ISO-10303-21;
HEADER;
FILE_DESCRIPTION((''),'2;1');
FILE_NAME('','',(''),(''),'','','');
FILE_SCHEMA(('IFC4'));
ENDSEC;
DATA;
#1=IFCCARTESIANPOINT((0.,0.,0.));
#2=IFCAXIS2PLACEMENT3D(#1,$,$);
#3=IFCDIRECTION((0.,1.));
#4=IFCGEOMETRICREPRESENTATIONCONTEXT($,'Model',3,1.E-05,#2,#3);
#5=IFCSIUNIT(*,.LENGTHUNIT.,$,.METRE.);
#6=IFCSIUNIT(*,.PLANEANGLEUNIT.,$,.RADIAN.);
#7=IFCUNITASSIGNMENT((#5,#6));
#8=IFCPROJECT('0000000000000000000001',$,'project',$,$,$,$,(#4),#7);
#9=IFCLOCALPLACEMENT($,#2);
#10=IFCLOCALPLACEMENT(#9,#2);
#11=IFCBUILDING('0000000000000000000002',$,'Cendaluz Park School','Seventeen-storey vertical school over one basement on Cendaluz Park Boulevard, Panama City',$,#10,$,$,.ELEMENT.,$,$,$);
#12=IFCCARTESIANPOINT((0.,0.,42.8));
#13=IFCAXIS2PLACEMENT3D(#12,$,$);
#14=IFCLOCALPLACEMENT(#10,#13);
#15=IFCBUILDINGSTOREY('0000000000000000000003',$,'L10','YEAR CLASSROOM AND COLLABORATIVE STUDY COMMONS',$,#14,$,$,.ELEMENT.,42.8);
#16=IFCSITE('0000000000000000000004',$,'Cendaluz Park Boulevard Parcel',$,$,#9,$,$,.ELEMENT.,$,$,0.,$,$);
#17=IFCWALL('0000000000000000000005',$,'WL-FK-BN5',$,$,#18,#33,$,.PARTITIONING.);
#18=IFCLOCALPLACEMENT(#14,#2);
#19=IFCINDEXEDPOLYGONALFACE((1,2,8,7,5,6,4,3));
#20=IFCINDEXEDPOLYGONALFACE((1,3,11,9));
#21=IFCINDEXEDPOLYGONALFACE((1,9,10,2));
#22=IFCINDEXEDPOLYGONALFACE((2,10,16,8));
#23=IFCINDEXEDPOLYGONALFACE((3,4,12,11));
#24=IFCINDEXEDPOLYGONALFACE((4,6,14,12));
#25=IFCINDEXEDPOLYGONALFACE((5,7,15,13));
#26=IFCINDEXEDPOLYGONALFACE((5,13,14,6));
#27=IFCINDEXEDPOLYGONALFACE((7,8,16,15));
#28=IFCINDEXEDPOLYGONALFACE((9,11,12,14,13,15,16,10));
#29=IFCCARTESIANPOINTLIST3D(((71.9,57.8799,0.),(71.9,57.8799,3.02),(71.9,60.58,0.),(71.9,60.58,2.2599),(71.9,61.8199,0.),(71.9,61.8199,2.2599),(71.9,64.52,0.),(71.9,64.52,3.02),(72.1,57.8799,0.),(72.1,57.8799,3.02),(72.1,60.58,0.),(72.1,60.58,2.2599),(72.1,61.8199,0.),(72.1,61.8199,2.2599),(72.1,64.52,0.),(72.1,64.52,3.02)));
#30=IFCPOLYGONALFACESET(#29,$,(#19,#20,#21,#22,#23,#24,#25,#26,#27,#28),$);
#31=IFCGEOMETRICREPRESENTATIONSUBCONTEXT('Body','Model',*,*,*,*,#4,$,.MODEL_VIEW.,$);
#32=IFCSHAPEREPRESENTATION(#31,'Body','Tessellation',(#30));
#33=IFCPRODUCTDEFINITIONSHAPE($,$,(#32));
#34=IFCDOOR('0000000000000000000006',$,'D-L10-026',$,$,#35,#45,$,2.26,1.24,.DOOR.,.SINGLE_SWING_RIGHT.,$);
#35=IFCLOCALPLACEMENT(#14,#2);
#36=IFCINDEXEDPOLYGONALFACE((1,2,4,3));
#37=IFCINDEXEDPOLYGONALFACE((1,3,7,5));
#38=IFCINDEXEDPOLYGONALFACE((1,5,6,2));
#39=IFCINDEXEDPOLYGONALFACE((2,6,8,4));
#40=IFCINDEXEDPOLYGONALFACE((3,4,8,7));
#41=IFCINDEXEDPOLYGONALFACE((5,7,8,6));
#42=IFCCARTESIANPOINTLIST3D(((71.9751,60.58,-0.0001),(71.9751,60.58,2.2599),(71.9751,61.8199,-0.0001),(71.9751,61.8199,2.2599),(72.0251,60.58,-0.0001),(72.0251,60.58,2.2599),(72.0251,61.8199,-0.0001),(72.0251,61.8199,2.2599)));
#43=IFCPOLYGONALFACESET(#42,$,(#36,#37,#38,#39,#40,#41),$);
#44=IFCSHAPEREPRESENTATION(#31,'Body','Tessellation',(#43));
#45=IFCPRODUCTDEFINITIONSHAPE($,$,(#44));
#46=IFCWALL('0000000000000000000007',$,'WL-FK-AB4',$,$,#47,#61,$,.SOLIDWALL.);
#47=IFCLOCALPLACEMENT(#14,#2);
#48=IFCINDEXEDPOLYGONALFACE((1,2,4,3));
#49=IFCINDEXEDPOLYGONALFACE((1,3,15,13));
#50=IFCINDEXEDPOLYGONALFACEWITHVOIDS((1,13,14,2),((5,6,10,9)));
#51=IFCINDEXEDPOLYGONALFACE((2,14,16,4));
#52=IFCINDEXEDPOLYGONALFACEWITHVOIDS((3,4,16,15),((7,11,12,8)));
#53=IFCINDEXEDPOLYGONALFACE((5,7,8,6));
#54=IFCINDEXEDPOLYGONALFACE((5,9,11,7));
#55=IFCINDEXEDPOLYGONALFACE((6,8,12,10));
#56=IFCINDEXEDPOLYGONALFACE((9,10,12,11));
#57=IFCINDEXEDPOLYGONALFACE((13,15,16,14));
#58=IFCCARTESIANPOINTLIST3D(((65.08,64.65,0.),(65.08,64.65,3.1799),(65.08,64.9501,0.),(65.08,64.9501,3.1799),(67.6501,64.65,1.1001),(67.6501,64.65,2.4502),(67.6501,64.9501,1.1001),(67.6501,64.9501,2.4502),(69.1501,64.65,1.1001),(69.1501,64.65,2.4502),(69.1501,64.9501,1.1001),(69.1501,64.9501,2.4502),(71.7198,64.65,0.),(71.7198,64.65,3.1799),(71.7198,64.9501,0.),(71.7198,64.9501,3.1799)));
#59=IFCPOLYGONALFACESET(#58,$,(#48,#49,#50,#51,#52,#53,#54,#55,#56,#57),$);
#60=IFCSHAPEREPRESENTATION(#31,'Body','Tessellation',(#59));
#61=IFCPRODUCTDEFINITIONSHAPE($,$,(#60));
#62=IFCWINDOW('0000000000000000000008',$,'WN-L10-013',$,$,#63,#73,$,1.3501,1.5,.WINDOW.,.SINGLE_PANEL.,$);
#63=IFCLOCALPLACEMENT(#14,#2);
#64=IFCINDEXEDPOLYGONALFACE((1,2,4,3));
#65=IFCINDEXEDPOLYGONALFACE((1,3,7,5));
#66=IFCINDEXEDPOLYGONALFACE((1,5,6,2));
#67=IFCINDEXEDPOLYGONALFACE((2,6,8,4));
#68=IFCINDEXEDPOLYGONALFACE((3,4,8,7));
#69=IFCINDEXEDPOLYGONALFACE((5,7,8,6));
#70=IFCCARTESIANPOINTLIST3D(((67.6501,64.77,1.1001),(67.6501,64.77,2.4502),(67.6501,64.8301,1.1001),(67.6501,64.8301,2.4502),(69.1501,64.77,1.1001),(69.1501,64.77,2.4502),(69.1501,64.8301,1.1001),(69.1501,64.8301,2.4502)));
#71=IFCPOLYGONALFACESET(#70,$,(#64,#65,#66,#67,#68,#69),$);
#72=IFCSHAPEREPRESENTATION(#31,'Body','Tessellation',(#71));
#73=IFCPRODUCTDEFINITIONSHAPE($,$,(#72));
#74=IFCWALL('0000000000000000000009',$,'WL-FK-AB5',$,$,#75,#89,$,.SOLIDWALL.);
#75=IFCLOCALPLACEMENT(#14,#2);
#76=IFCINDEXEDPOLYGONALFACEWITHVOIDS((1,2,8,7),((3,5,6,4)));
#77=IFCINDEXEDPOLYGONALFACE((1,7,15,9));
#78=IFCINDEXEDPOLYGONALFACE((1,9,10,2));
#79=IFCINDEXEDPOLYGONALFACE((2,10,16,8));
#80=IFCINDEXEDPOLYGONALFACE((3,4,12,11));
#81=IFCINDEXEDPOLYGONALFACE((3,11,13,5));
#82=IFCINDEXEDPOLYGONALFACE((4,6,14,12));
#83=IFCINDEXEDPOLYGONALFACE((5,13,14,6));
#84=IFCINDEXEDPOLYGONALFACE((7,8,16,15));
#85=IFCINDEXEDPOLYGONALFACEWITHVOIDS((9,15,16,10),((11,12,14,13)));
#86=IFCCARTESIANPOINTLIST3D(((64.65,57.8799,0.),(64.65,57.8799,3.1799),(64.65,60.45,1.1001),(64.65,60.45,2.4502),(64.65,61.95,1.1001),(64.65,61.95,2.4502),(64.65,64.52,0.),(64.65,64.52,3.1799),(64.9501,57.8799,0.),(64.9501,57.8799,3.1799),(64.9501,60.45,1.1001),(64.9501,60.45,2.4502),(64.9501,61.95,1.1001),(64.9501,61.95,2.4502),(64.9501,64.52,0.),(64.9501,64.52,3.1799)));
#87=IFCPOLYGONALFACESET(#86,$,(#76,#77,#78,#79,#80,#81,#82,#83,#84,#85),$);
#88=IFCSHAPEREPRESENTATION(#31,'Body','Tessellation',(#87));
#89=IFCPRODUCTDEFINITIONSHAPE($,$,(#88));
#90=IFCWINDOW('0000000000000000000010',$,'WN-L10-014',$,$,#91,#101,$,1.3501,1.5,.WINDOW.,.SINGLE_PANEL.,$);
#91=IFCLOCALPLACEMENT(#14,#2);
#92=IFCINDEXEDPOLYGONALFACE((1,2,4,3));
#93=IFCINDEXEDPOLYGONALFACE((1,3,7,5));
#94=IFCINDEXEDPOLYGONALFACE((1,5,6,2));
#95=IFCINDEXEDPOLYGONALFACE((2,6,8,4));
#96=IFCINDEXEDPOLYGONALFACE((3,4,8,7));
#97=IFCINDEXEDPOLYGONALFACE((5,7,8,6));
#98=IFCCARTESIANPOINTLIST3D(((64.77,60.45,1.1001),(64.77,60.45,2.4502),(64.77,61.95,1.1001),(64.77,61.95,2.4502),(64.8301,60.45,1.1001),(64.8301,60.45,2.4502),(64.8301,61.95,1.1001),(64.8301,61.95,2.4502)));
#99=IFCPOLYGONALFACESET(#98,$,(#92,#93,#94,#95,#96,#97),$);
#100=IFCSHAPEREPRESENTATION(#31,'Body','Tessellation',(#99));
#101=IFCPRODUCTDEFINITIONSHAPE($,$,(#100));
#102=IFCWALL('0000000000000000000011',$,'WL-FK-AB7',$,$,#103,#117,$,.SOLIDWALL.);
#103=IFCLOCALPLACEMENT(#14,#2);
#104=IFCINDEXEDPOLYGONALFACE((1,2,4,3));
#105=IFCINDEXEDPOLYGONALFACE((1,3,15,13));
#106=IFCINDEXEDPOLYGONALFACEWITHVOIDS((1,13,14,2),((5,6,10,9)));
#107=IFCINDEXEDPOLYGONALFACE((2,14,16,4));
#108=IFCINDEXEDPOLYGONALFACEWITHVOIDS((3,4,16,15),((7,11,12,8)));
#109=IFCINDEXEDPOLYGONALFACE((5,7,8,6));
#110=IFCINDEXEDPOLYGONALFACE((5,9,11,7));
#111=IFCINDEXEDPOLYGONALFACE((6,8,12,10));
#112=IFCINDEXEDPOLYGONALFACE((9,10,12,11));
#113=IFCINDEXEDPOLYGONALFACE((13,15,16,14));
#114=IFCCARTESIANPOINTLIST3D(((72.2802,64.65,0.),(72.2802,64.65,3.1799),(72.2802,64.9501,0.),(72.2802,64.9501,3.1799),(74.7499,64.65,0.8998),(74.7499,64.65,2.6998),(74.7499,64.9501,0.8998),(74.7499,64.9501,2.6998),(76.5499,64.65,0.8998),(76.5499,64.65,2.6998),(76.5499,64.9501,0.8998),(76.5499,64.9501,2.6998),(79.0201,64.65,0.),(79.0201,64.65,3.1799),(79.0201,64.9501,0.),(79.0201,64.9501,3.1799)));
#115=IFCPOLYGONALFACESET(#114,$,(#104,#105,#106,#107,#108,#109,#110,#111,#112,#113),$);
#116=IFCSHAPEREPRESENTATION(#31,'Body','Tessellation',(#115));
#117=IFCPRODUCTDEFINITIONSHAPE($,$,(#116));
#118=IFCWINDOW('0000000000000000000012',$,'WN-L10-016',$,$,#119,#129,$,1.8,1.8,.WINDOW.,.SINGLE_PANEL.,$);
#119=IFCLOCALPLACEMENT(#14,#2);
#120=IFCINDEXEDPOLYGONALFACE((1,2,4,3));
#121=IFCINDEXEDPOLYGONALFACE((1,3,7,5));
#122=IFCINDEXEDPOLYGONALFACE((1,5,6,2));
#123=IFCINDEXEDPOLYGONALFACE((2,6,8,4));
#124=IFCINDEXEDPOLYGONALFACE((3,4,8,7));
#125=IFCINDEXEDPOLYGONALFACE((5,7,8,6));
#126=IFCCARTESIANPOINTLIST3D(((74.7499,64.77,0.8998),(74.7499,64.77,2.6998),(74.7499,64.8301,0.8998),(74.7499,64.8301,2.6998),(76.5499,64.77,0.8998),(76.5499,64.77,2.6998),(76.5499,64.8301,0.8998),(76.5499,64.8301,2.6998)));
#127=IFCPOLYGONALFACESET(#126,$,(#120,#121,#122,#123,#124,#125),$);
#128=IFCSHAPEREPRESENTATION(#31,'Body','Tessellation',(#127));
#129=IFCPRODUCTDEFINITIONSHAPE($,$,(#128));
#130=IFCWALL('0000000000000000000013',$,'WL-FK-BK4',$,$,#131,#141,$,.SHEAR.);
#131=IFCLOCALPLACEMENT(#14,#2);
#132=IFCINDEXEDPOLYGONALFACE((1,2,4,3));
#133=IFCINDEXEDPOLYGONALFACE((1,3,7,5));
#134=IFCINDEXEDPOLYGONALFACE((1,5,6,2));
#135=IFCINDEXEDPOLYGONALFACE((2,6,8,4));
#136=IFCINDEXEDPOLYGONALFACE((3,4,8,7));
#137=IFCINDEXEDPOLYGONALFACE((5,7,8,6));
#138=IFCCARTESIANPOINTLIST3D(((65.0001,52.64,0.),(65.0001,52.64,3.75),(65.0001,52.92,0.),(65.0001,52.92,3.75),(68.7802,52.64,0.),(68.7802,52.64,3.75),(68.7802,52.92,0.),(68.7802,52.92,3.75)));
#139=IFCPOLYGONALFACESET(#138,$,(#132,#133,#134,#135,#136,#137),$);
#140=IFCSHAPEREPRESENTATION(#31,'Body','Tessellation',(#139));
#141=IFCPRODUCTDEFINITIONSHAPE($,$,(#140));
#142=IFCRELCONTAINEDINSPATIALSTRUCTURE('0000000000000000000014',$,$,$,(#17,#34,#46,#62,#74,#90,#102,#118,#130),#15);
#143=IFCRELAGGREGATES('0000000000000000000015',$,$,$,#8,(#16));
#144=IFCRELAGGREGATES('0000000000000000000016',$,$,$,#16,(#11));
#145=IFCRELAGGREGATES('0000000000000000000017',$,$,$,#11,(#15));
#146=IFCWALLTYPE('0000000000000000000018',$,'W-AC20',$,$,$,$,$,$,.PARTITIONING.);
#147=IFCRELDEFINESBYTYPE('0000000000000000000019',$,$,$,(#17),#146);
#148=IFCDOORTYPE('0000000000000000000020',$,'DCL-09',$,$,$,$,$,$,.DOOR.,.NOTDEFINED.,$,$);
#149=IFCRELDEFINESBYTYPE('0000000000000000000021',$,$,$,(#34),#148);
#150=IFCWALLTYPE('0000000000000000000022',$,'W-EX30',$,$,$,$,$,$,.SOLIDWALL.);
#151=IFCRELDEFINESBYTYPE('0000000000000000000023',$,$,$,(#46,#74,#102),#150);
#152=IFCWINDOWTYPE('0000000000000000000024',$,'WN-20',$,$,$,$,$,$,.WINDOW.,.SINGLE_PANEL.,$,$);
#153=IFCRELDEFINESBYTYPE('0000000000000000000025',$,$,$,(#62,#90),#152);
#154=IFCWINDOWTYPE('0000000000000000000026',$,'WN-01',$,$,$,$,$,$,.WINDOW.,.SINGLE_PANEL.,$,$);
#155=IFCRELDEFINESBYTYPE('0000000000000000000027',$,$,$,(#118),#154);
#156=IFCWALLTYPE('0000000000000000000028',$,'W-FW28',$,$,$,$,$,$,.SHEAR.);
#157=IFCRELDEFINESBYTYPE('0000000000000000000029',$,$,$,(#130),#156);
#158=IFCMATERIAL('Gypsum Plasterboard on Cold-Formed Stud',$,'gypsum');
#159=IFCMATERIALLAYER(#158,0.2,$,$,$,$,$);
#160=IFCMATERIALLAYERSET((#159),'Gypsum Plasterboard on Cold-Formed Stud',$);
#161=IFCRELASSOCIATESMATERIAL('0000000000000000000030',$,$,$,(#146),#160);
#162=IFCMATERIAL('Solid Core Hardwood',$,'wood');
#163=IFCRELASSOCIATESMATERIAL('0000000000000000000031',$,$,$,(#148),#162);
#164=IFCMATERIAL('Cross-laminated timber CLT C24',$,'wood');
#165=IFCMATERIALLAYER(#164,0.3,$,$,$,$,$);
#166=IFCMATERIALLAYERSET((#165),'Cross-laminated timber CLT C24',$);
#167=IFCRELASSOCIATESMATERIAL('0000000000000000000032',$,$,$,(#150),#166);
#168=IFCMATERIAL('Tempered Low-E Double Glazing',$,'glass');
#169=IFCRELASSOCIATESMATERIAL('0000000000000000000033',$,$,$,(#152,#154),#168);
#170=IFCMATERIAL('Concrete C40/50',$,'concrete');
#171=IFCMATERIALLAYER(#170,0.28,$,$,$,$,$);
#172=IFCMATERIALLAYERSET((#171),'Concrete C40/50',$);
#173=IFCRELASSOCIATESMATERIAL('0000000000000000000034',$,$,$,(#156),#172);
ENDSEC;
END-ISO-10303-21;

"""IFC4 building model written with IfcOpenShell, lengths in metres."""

from ifc_helpers import new_model, si_unit, direction, frame, frame_2d, origin, place, context, subcontext, project, spatial, rectangle, extrude, material, layer, layer_set, type_object, element, fill, save


model = new_model("IFC4")

# Units and contexts
model_context = context("Model", 3, precision=1e-05, world=origin(), true_north=direction((0.0, 1.0)))
body_context = subcontext(model_context, "Body", "Model", "MODEL_VIEW")
ifc_project = project(units=[si_unit("LENGTHUNIT", "METRE"), si_unit("PLANEANGLEUNIT", "RADIAN")], contexts=[model_context])

# Site, building, storey
site_placement = place(None, origin())
site = spatial("IfcSite", under=ifc_project, at=site_placement, Name="Cendaluz Park Boulevard Parcel", CompositionType="ELEMENT", RefElevation=0.0)
building_placement = place(site_placement, origin())
building = spatial("IfcBuilding", under=site, at=building_placement, Name="Cendaluz Park School", Description="Seventeen-storey vertical school over one basement on Cendaluz Park Boulevard, Panama City", CompositionType="ELEMENT")
storey_placement = place(building_placement, frame((0.0, 0.0, 42.8)))
storey = spatial("IfcBuildingStorey", under=building, at=storey_placement, Name="L10", Description="YEAR CLASSROOM AND COLLABORATIVE STUDY COMMONS", CompositionType="ELEMENT", Elevation=42.8)

# Wall, opening, door
ifc_material_1 = material(Name="Gypsum Plasterboard on Cold-Formed Stud", Category="gypsum")
ifc_layer_1 = layer(ifc_material_1, 0.2)
ifc_layer_set_1 = layer_set([ifc_layer_1], Name="Gypsum Plasterboard on Cold-Formed Stud")
wall_type_1 = type_object("IfcWallType", Name="W-AC20", PredefinedType="PARTITIONING", material=ifc_layer_set_1)
wall_1_placement = place(storey_placement, frame((72.0, 57.8799, 0.0), z_axis=(0.0, 0.0, 1.0), x_axis=(0.0, 1.0, 0.0)))
wall_1 = element("IfcWall", 1, at=wall_1_placement, inside=storey, type_object=wall_type_1, Name="WL-FK-BN5", PredefinedType="PARTITIONING", context=body_context, shape_type="SweptSolid", body=[
    extrude(rectangle(XDim=6.6401, YDim=0.2, at=frame_2d((3.3201, 0.0))), origin(), (0.0, 0.0, 1.0), 3.02),
])
opening_1_placement = place(wall_1_placement, frame((2.7, 0.0, 0.0)))
opening_1 = element("IfcOpeningElement", 2, at=opening_1_placement, cuts=wall_1, PredefinedType="OPENING", context=body_context, shape_type="SweptSolid", body=[
    extrude(rectangle(XDim=1.24, YDim=2.26, at=frame_2d((0.6201, 1.1299))), frame((0.0, 0.1121, 0.0), z_axis=(0.0, -1.0, 0.0), x_axis=(1.0, 0.0, 0.0)), (0.0, 0.0, 1.0), 0.2239),
])
ifc_material_2 = material(Name="Solid Core Hardwood", Category="wood")
door_type_1 = type_object("IfcDoorType", Name="DCL-09", OperationType="NOTDEFINED", PredefinedType="DOOR", material=ifc_material_2)
door_1_placement = place(opening_1_placement, origin())
door_1 = element("IfcDoor", 3, at=door_1_placement, inside=storey, type_object=door_type_1, Name="D-L10-026", OperationType="SINGLE_SWING_RIGHT", OverallHeight=2.26, OverallWidth=1.24, PredefinedType="DOOR", context=body_context, shape_type="SweptSolid", body=[
    extrude(rectangle(XDim=1.24, YDim=2.26, at=frame_2d((0.6201, 1.1299))), frame((0.0, 0.0249, 0.0), z_axis=(0.0, -1.0, 0.0), x_axis=(1.0, 0.0, 0.0)), (0.0, 0.0, 1.0), 0.05),
])
fill(opening_1, door_1)

# Walls, openings, windows
ifc_material_3 = material(Name="Cross-laminated timber CLT C24", Category="wood")
ifc_layer_2 = layer(ifc_material_3, 0.3)
ifc_layer_set_2 = layer_set([ifc_layer_2], Name="Cross-laminated timber CLT C24")
wall_type_2 = type_object("IfcWallType", Name="W-EX30", PredefinedType="SOLIDWALL", material=ifc_layer_set_2)
wall_2_placement = place(storey_placement, frame((65.0801, 64.8, 0.0), z_axis=(0.0, 0.0, 1.0), x_axis=(1.0, 0.0, 0.0)))
wall_2 = element("IfcWall", 4, at=wall_2_placement, inside=storey, type_object=wall_type_2, Name="WL-FK-AB4", PredefinedType="SOLIDWALL", context=body_context, shape_type="SweptSolid", body=[
    extrude(rectangle(XDim=6.6399, YDim=0.3, at=frame_2d((3.3198, 0.0))), origin(), (0.0, 0.0, 1.0), 3.1799),
])
opening_2_placement = place(wall_2_placement, frame((2.5701, 0.0, 1.1001)))
opening_2 = element("IfcOpeningElement", 5, at=opening_2_placement, cuts=wall_2, PredefinedType="OPENING", context=body_context, shape_type="SweptSolid", body=[
    extrude(rectangle(XDim=1.5, YDim=1.3501, at=frame_2d((0.75, 0.675))), frame((0.0, 0.1621, 0.0), z_axis=(0.0, -1.0, 0.0), x_axis=(1.0, 0.0, 0.0)), (0.0, 0.0, 1.0), 0.324),
])
ifc_material_4 = material(Name="Tempered Low-E Double Glazing", Category="glass")
window_type_1 = type_object("IfcWindowType", Name="WN-20", PartitioningType="SINGLE_PANEL", PredefinedType="WINDOW", material=ifc_material_4)
window_1_placement = place(opening_2_placement, origin())
window_1 = element("IfcWindow", 6, at=window_1_placement, inside=storey, type_object=window_type_1, Name="WN-L10-013", OverallHeight=1.3501, OverallWidth=1.5, PartitioningType="SINGLE_PANEL", PredefinedType="WINDOW", context=body_context, shape_type="SweptSolid", body=[
    extrude(rectangle(XDim=1.5, YDim=1.3501, at=frame_2d((0.75, 0.675))), frame((0.0, 0.03, 0.0), z_axis=(0.0, -1.0, 0.0), x_axis=(1.0, 0.0, 0.0)), (0.0, 0.0, 1.0), 0.0601),
])
fill(opening_2, window_1)
wall_3_placement = place(storey_placement, frame((64.8, 57.8799, 0.0), z_axis=(0.0, 0.0, 1.0), x_axis=(0.0, 1.0, 0.0)))
wall_3 = element("IfcWall", 7, at=wall_3_placement, inside=storey, type_object=wall_type_2, Name="WL-FK-AB5", PredefinedType="SOLIDWALL", context=body_context, shape_type="SweptSolid", body=[
    extrude(rectangle(XDim=6.6401, YDim=0.3, at=frame_2d((3.3201, 0.0))), origin(), (0.0, 0.0, 1.0), 3.1799),
])
opening_3_placement = place(wall_3_placement, frame((2.5701, 0.0, 1.1001)))
opening_3 = element("IfcOpeningElement", 8, at=opening_3_placement, cuts=wall_3, PredefinedType="OPENING", context=body_context, shape_type="SweptSolid", body=[
    extrude(rectangle(XDim=1.5, YDim=1.3501, at=frame_2d((0.75, 0.675))), frame((0.0, 0.1621, 0.0), z_axis=(0.0, -1.0, 0.0), x_axis=(1.0, 0.0, 0.0)), (0.0, 0.0, 1.0), 0.324),
])
window_2_placement = place(opening_3_placement, origin())
window_2 = element("IfcWindow", 9, at=window_2_placement, inside=storey, type_object=window_type_1, Name="WN-L10-014", OverallHeight=1.3501, OverallWidth=1.5, PartitioningType="SINGLE_PANEL", PredefinedType="WINDOW", context=body_context, shape_type="SweptSolid", body=[
    extrude(rectangle(XDim=1.5, YDim=1.3501, at=frame_2d((0.75, 0.675))), frame((0.0, 0.03, 0.0), z_axis=(0.0, -1.0, 0.0), x_axis=(1.0, 0.0, 0.0)), (0.0, 0.0, 1.0), 0.0601),
])
fill(opening_3, window_2)
wall_4_placement = place(storey_placement, frame((72.28, 64.8, 0.0), z_axis=(0.0, 0.0, 1.0), x_axis=(1.0, 0.0, 0.0)))
wall_4 = element("IfcWall", 10, at=wall_4_placement, inside=storey, type_object=wall_type_2, Name="WL-FK-AB7", PredefinedType="SOLIDWALL", context=body_context, shape_type="SweptSolid", body=[
    extrude(rectangle(XDim=6.74, YDim=0.3, at=frame_2d((3.3701, 0.0))), origin(), (0.0, 0.0, 1.0), 3.1799),
])
opening_4_placement = place(wall_4_placement, frame((2.47, 0.0, 0.8999)))
opening_4 = element("IfcOpeningElement", 11, at=opening_4_placement, cuts=wall_4, PredefinedType="OPENING", context=body_context, shape_type="SweptSolid", body=[
    extrude(rectangle(XDim=1.8, YDim=1.8, at=frame_2d((0.8999, 0.8999))), frame((0.0, 0.1621, 0.0), z_axis=(0.0, -1.0, 0.0), x_axis=(1.0, 0.0, 0.0)), (0.0, 0.0, 1.0), 0.324),
])
window_type_2 = type_object("IfcWindowType", Name="WN-01", PartitioningType="SINGLE_PANEL", PredefinedType="WINDOW", material=ifc_material_4)
window_3_placement = place(opening_4_placement, origin())
window_3 = element("IfcWindow", 12, at=window_3_placement, inside=storey, type_object=window_type_2, Name="WN-L10-016", OverallHeight=1.8, OverallWidth=1.8, PartitioningType="SINGLE_PANEL", PredefinedType="WINDOW", context=body_context, shape_type="SweptSolid", body=[
    extrude(rectangle(XDim=1.8, YDim=1.8, at=frame_2d((0.8999, 0.8999))), frame((0.0, 0.03, 0.0), z_axis=(0.0, -1.0, 0.0), x_axis=(1.0, 0.0, 0.0)), (0.0, 0.0, 1.0), 0.0601),
])
fill(opening_4, window_3)

# Wall
ifc_material_5 = material(Name="Concrete C40/50", Category="concrete")
ifc_layer_3 = layer(ifc_material_5, 0.28)
ifc_layer_set_3 = layer_set([ifc_layer_3], Name="Concrete C40/50")
wall_type_3 = type_object("IfcWallType", Name="W-FW28", PredefinedType="SHEAR", material=ifc_layer_set_3)
wall_5_placement = place(storey_placement, frame((65.0, 52.78, 0.0), z_axis=(0.0, 0.0, 1.0), x_axis=(1.0, 0.0, 0.0)))
element("IfcWall", 13, at=wall_5_placement, inside=storey, type_object=wall_type_3, Name="WL-FK-BK4", PredefinedType="SHEAR", context=body_context, shape_type="SweptSolid", body=[
    extrude(rectangle(XDim=3.78, YDim=0.28, at=frame_2d((1.8901, 0.0))), origin(), (0.0, 0.0, 1.0), 3.75),
])

save(model, "model.ifc")
